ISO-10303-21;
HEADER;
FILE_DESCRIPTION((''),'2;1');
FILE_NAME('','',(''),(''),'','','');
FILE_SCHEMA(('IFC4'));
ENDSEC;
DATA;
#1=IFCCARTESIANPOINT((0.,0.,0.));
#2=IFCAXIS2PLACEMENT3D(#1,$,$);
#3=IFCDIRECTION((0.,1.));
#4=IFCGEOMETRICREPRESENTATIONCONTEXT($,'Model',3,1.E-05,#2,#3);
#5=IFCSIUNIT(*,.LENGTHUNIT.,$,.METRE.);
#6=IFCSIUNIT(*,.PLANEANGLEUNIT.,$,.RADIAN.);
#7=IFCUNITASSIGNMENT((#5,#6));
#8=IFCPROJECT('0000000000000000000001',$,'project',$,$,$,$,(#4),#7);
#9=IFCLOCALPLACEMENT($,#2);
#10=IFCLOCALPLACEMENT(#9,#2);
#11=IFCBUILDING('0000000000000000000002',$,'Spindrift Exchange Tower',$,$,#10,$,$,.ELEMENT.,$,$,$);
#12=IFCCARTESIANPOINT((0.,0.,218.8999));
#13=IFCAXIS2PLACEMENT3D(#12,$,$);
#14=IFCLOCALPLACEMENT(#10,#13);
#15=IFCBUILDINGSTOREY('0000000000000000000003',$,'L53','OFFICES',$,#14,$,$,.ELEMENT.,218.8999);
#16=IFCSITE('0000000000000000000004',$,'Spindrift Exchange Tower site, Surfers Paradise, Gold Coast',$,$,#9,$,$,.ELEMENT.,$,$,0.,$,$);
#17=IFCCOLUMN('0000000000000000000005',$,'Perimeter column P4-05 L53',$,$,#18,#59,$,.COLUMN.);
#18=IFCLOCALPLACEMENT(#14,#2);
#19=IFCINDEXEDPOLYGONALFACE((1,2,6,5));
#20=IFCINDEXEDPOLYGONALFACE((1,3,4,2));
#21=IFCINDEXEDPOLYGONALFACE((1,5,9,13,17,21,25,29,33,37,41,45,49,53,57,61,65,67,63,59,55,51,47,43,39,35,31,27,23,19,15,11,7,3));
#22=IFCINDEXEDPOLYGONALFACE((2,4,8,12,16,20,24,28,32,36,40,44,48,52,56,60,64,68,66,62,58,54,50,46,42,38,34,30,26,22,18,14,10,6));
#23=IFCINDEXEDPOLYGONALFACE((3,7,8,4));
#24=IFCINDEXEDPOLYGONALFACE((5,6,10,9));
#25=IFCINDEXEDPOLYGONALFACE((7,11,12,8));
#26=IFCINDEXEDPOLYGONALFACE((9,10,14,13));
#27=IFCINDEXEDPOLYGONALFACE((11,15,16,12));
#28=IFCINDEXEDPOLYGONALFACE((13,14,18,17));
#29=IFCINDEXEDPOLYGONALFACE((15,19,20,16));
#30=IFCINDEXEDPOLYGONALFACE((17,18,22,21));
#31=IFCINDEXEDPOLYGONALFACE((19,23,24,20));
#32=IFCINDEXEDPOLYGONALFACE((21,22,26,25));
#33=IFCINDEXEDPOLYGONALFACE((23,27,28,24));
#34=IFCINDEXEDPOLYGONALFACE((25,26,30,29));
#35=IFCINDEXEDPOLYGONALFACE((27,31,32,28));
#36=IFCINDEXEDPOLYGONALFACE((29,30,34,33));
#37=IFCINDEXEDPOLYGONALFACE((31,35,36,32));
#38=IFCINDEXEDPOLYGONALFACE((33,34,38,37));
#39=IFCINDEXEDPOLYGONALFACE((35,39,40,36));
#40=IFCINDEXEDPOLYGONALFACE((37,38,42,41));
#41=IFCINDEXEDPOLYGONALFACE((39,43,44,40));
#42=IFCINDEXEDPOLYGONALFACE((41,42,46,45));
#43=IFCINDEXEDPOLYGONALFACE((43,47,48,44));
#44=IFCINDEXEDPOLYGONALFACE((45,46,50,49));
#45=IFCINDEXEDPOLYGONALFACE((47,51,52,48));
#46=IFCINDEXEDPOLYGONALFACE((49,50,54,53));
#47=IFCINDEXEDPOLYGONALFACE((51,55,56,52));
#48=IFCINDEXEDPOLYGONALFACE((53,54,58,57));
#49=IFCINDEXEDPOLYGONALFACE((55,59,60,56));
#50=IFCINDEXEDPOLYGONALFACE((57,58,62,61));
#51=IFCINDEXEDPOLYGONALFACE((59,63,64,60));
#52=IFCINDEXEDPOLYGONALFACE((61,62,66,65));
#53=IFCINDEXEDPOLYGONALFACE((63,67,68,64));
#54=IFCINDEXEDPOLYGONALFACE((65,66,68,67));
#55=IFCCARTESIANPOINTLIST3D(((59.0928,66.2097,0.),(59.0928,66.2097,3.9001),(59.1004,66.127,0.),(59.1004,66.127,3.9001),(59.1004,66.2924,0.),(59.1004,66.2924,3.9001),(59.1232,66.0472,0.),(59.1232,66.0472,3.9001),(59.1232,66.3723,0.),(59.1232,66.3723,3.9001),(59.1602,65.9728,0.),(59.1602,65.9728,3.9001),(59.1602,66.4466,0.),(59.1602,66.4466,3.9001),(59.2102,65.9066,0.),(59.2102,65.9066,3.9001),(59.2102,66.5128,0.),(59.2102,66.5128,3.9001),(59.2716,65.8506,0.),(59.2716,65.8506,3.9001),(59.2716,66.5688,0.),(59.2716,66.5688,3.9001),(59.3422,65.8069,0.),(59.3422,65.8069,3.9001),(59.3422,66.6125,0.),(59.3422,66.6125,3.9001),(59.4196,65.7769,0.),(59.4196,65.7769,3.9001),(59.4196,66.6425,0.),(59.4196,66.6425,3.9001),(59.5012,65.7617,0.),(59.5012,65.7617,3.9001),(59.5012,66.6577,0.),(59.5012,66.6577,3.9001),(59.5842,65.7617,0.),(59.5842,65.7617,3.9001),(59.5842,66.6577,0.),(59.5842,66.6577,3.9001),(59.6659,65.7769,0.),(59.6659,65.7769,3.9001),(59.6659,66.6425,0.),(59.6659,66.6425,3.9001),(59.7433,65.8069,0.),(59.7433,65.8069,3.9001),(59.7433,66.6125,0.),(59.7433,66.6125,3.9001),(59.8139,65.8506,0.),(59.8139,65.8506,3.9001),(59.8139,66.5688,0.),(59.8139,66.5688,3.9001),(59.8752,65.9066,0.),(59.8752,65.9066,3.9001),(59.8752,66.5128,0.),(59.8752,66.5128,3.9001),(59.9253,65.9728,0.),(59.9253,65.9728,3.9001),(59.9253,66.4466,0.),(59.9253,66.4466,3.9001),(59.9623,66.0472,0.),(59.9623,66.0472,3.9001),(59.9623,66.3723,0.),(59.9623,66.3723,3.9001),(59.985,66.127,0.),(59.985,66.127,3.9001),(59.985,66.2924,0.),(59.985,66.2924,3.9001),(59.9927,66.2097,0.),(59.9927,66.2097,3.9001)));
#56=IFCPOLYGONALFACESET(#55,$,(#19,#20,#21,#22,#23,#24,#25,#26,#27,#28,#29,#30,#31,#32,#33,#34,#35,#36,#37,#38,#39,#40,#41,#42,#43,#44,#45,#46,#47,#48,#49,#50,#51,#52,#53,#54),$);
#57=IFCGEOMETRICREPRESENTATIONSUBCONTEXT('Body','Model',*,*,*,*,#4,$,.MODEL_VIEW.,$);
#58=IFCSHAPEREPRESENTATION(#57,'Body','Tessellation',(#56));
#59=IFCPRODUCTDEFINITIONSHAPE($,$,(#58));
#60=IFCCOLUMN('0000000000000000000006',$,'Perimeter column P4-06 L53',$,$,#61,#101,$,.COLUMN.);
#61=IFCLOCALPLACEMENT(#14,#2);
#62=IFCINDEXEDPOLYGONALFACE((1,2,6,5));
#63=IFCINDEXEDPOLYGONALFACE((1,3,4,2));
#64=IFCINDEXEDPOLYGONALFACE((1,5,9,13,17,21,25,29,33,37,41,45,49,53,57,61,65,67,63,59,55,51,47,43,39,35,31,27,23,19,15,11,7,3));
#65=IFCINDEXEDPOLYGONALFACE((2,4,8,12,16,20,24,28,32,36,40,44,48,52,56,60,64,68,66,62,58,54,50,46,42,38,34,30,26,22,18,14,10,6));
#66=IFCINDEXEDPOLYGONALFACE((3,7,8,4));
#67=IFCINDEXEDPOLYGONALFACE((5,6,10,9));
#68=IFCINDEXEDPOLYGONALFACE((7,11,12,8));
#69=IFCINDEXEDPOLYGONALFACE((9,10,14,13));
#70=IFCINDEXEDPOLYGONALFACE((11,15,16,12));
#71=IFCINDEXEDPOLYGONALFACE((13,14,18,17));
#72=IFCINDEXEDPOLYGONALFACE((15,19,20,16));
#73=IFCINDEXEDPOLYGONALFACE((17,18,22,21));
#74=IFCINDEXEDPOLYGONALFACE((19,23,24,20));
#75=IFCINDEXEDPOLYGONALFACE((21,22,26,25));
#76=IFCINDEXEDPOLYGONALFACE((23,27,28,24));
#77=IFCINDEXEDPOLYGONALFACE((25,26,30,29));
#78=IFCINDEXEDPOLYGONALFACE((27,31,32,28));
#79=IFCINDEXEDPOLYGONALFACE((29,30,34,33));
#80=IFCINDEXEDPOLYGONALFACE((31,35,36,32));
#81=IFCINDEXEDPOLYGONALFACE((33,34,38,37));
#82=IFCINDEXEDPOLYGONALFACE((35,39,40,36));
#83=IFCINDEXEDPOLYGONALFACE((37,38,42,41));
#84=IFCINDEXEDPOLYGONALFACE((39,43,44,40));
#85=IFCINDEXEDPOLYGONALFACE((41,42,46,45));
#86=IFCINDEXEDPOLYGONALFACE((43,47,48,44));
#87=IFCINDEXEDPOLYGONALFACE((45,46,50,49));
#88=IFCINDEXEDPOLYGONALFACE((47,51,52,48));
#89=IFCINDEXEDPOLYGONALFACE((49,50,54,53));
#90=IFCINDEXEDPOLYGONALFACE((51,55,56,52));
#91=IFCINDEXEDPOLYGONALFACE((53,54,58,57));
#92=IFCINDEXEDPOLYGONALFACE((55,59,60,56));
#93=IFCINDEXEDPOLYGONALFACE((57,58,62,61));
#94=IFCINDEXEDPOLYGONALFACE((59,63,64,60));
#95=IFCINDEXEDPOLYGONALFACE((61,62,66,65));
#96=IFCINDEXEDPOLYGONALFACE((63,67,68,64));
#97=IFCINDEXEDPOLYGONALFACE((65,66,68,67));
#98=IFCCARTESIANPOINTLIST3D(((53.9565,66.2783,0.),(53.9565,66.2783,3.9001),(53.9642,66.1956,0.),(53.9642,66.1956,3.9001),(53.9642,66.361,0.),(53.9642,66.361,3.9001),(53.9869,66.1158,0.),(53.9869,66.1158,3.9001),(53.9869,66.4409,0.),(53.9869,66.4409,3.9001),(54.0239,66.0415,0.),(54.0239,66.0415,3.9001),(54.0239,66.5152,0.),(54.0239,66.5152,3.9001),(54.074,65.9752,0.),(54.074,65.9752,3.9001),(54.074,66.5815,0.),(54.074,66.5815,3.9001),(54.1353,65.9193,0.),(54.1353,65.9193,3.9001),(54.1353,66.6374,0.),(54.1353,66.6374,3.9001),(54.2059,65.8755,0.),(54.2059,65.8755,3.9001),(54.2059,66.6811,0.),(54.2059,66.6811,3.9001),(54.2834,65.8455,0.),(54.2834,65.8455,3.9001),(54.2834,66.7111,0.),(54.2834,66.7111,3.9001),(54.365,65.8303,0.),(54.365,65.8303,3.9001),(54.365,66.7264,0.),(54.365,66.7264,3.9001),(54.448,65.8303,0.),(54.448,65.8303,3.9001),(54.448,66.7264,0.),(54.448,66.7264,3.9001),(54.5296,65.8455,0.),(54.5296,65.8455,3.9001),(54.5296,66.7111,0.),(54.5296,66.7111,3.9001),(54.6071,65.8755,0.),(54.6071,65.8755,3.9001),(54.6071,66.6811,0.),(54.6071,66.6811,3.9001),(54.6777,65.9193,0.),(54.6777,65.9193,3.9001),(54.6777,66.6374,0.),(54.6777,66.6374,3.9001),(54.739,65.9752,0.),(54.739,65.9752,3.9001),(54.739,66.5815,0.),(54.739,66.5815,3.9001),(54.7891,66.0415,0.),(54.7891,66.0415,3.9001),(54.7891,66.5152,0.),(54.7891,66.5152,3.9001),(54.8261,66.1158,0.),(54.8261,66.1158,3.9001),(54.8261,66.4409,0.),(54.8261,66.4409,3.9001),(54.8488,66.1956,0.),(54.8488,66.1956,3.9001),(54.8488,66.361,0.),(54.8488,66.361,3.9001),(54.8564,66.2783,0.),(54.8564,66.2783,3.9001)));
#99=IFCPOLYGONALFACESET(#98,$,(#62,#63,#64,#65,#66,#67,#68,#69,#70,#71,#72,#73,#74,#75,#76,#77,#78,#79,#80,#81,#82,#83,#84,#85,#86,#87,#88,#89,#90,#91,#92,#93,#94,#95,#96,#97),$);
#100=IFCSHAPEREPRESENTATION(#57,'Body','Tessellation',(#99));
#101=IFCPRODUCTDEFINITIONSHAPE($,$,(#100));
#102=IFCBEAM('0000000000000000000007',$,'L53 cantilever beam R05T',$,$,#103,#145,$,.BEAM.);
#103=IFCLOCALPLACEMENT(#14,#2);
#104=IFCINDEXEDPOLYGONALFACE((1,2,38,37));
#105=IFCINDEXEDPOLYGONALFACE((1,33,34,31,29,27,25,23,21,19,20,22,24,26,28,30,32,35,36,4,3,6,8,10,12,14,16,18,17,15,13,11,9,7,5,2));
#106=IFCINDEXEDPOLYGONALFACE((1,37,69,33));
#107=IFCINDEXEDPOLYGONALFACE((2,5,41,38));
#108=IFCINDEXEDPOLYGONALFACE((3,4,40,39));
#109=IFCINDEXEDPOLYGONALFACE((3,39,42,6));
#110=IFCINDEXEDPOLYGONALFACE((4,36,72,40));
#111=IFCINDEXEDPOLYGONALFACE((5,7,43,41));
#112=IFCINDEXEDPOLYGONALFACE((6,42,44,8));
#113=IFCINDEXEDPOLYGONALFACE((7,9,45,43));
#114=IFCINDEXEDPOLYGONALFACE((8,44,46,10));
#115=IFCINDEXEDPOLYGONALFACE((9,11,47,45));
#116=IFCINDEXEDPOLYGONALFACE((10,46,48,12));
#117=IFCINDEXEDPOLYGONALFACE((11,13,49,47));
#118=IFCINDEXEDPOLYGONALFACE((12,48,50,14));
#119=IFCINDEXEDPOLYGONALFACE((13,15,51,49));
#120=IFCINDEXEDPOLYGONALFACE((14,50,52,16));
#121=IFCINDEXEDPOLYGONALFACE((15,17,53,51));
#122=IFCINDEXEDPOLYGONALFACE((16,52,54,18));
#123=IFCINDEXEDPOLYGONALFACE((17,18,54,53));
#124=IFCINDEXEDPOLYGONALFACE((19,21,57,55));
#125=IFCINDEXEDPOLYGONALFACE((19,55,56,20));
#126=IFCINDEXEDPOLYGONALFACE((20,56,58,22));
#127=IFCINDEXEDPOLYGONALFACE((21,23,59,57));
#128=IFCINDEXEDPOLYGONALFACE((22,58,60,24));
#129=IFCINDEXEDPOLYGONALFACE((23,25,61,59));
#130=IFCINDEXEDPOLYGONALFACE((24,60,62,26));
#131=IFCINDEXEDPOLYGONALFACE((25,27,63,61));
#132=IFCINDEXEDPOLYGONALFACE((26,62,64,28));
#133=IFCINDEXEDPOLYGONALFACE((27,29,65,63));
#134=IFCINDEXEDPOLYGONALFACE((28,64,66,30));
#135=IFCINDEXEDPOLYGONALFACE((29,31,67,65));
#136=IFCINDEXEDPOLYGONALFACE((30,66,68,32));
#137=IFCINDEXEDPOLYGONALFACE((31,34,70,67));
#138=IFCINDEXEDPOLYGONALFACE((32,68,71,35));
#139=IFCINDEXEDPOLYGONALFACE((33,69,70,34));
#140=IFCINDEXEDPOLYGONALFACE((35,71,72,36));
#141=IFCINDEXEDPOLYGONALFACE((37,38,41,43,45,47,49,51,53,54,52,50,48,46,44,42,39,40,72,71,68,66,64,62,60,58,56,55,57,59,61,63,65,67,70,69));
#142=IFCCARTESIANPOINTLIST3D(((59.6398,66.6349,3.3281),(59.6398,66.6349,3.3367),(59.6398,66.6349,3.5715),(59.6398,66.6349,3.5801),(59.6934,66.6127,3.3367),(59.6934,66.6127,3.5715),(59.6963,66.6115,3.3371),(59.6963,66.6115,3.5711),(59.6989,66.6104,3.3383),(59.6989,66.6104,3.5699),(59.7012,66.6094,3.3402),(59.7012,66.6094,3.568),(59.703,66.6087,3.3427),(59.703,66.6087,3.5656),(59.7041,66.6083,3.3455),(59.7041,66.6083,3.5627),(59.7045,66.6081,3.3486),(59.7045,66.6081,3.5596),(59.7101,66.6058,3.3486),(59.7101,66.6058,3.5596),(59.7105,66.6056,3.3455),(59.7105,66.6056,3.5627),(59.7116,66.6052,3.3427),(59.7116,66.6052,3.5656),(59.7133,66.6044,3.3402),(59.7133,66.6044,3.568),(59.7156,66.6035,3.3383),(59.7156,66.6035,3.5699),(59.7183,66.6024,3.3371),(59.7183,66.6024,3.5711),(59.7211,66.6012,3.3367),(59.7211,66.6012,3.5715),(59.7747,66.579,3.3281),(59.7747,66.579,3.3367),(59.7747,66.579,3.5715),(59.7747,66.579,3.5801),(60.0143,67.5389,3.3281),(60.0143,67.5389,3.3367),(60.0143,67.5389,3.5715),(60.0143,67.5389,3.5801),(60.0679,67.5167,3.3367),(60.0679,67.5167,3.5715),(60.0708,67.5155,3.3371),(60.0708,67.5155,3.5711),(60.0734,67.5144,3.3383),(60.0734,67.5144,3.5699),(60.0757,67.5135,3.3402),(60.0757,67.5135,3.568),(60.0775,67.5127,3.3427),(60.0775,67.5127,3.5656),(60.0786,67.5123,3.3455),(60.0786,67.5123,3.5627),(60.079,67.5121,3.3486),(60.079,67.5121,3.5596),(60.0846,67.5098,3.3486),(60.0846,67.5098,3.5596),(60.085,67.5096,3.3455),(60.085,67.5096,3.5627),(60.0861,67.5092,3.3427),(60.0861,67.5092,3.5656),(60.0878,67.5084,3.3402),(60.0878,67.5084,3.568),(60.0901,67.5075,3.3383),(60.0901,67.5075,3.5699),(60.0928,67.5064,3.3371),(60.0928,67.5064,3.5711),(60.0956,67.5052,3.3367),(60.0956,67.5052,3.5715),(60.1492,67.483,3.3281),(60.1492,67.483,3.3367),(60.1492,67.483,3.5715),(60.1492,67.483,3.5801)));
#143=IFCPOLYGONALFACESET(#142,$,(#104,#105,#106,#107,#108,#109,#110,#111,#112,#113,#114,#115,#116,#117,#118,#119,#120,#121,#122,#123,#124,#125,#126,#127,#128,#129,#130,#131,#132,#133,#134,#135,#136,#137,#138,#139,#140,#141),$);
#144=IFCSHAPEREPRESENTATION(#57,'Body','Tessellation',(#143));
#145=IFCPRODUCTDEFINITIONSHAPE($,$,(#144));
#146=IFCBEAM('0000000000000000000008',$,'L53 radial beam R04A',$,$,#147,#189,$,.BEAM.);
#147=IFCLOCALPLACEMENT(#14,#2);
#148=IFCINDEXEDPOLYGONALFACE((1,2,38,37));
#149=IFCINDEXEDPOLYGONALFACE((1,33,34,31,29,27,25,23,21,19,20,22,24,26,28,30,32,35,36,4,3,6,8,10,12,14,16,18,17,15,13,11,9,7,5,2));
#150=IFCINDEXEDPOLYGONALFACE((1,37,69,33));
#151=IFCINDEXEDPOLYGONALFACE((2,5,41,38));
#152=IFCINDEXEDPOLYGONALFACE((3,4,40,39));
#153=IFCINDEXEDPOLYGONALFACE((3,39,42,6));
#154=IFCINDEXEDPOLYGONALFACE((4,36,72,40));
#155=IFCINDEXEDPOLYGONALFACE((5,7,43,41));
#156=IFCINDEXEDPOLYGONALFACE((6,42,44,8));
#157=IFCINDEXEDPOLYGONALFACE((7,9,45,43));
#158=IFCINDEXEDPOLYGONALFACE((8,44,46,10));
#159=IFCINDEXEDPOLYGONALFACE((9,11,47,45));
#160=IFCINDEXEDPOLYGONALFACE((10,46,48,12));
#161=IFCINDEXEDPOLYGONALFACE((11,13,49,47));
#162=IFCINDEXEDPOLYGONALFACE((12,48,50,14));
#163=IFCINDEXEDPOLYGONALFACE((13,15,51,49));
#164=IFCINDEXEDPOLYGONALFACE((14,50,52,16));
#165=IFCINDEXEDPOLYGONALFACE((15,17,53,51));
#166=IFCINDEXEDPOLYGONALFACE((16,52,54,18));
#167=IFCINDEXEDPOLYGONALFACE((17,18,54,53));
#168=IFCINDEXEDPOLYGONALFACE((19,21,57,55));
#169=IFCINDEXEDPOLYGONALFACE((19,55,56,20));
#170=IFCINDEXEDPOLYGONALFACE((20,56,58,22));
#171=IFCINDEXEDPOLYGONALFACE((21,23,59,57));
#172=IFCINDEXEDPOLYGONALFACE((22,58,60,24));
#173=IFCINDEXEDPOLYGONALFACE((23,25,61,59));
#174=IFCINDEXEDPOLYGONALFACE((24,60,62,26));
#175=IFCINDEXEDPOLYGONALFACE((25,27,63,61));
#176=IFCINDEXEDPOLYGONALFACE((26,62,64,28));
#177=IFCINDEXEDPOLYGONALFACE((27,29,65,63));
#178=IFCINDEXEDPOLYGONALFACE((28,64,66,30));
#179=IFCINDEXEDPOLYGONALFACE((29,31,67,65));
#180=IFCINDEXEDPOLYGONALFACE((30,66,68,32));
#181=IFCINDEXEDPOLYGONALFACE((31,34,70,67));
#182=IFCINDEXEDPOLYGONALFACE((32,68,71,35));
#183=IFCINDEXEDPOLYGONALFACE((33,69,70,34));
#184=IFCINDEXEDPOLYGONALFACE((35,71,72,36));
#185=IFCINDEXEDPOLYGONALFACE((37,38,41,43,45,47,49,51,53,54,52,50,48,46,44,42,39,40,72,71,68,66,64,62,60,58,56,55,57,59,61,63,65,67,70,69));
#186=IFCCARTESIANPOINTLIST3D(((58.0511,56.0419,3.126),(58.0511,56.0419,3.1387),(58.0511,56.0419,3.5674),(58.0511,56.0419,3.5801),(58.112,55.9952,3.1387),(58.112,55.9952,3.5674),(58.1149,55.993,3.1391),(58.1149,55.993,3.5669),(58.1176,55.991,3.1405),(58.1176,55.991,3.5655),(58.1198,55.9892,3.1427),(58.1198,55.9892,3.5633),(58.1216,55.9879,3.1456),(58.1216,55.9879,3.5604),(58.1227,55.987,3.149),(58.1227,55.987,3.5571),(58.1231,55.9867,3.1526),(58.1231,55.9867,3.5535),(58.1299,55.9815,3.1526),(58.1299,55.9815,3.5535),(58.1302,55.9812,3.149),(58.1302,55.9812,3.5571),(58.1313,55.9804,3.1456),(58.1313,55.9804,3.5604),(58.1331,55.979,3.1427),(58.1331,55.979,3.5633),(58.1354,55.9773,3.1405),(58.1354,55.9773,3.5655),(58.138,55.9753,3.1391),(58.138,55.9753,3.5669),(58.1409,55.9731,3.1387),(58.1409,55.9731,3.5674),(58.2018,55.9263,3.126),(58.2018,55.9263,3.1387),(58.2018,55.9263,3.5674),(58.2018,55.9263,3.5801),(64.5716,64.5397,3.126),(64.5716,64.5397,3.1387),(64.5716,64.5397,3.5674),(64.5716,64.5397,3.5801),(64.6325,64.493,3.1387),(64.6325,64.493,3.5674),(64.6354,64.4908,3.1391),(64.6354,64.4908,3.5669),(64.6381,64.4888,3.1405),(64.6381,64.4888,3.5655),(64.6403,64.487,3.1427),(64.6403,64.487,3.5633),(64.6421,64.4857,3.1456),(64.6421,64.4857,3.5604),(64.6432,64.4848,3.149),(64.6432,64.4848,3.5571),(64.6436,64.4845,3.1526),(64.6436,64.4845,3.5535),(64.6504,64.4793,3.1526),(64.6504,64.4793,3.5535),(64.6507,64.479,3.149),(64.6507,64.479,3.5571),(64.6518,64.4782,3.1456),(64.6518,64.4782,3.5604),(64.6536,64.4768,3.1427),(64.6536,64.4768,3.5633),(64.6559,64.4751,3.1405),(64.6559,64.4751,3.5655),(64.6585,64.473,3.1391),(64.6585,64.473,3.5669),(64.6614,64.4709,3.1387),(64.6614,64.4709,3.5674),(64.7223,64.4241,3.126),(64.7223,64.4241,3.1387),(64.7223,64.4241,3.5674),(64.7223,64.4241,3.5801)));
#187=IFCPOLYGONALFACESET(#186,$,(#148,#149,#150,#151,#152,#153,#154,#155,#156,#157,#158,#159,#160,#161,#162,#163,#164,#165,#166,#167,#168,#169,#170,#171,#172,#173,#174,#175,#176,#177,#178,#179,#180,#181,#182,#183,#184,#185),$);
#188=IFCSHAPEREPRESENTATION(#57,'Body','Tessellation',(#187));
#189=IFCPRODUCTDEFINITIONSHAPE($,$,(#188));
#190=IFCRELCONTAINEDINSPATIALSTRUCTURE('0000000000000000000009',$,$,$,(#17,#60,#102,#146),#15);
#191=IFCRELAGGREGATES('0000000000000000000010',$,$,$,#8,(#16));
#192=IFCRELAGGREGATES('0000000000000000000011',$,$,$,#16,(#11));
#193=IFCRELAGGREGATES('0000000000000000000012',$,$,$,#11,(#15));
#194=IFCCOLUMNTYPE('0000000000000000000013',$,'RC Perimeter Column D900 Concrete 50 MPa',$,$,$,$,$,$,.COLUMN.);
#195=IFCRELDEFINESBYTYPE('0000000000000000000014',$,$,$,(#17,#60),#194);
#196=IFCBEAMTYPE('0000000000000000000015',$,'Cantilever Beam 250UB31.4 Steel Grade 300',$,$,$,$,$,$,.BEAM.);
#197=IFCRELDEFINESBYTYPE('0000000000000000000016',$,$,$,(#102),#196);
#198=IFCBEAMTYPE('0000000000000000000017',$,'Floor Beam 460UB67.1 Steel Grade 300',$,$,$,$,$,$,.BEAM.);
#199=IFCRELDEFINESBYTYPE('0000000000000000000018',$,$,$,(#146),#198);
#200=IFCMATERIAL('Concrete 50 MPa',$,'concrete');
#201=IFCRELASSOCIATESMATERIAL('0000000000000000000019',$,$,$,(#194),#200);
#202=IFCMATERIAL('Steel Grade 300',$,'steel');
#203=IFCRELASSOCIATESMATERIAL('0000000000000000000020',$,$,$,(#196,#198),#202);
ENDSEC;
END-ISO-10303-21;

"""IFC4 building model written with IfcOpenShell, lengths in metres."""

from ifc_helpers import new_model, si_unit, direction, frame, origin, origin_2d, place, context, subcontext, project, spatial, circle, i_section, extrude, source, transform, mapped, material, material_profile, profile_set, type_object, element, save


model = new_model("IFC4")

# Units and contexts
model_context = context("Model", 3, precision=1e-05, world=origin(), true_north=direction((0.0, 1.0)))
body_context = subcontext(model_context, "Body", "Model", "MODEL_VIEW")
ifc_project = project(units=[si_unit("LENGTHUNIT", "METRE"), si_unit("PLANEANGLEUNIT", "RADIAN")], contexts=[model_context])

# Site, building, storey
site_placement = place(None, origin())
site = spatial("IfcSite", under=ifc_project, at=site_placement, Name="Spindrift Exchange Tower site, Surfers Paradise, Gold Coast", CompositionType="ELEMENT", RefElevation=0.0)
building_placement = place(site_placement, origin())
building = spatial("IfcBuilding", under=site, at=building_placement, Name="Spindrift Exchange Tower", CompositionType="ELEMENT")
storey_placement = place(building_placement, frame((0.0, 0.0, 218.8999)))
storey = spatial("IfcBuildingStorey", under=building, at=storey_placement, Name="L53", Description="OFFICES", CompositionType="ELEMENT", Elevation=218.8999)

# Columns
ifc_material_1 = material(Name="Concrete 50 MPa", Category="concrete")
ifc_material_profile_1 = material_profile(ifc_material_1, circle(Radius=0.45, at=origin_2d()), Name="RC D900")
ifc_profile_set_1 = profile_set([ifc_material_profile_1], Name="Concrete 50 MPa")
column_type = type_object("IfcColumnType", Name="RC Perimeter Column D900 Concrete 50 MPa", PredefinedType="COLUMN", material=ifc_profile_set_1)
shared_shape_1 = source(origin(), body_context, "Body", "SweptSolid", [
    extrude(circle(Radius=0.45, at=origin_2d()), origin(), (0.0, 0.0, 1.0), 3.9001),
])
for number, where, z_axis, x_axis, name in (
    (1, (59.5427, 66.2097, 0.0), (0.0, 0.0, 1.0), (1.0, 0.0, 0.0), "Perimeter column P4-05 L53"),
    (2, (54.4065, 66.2783, 0.0), (0.0, 0.0, 1.0), (1.0, 0.0, 0.0), "Perimeter column P4-06 L53"),
):
    element("IfcColumn", number, at=place(storey_placement, frame(where, z_axis=z_axis, x_axis=x_axis)), inside=storey, type_object=column_type, Name=name, PredefinedType="COLUMN", context=body_context, shape_type="MappedRepresentation", body=[
        mapped(shared_shape_1, transform((0.0, 0.0, 0.0), scale=1.0)),
    ])

# Beams
ifc_material_2 = material(Name="Steel Grade 300", Category="steel")
ifc_material_profile_2 = material_profile(ifc_material_2, i_section(OverallWidth=0.146, OverallDepth=0.252, WebThickness=0.0061, FlangeThickness=0.0085, FilletRadius=0.012, at=origin_2d()), Name="250UB31.4")
ifc_profile_set_2 = profile_set([ifc_material_profile_2], Name="Steel Grade 300")
beam_type_1 = type_object("IfcBeamType", Name="Cantilever Beam 250UB31.4 Steel Grade 300", PredefinedType="BEAM", material=ifc_profile_set_2)
shared_shape_2 = source(origin(), body_context, "Body", "SweptSolid", [
    extrude(i_section(OverallWidth=0.146, OverallDepth=0.252, WebThickness=0.0061, FlangeThickness=0.0085, FilletRadius=0.012, at=origin_2d()), origin(), (0.0, 0.0, 1.0), 0.9785),
])
beam_1_placement = place(storey_placement, frame((59.7073, 66.6069, 3.4541), z_axis=(0.382719, 0.923865, 0.0), x_axis=(-0.923865, 0.382719, 0.0)))
element("IfcBeam", 3, at=beam_1_placement, inside=storey, type_object=beam_type_1, Name="L53 cantilever beam R05T", PredefinedType="BEAM", context=body_context, shape_type="MappedRepresentation", body=[
    mapped(shared_shape_2, transform((0.0, 0.0, 0.0), scale=1.0)),
])
ifc_material_profile_3 = material_profile(ifc_material_2, i_section(OverallWidth=0.1899, OverallDepth=0.4541, WebThickness=0.0085, FlangeThickness=0.0127, FilletRadius=0.0139, at=origin_2d()), Name="460UB67.1")
ifc_profile_set_3 = profile_set([ifc_material_profile_3], Name="Steel Grade 300")
beam_type_2 = type_object("IfcBeamType", Name="Floor Beam 460UB67.1 Steel Grade 300", PredefinedType="BEAM", material=ifc_profile_set_3)
shared_shape_3 = source(origin(), body_context, "Body", "SweptSolid", [
    extrude(i_section(OverallWidth=0.1899, OverallDepth=0.4541, WebThickness=0.0085, FlangeThickness=0.0127, FilletRadius=0.0139, at=origin_2d()), origin(), (0.0, 0.0, 1.0), 10.7112),
])
beam_2_placement = place(storey_placement, frame((58.1265, 55.9841, 3.353), z_axis=(0.608756, 0.793357, 0.0), x_axis=(-0.793357, 0.608756, 0.0)))
element("IfcBeam", 4, at=beam_2_placement, inside=storey, type_object=beam_type_2, Name="L53 radial beam R04A", PredefinedType="BEAM", context=body_context, shape_type="MappedRepresentation", body=[
    mapped(shared_shape_3, transform((0.0, 0.0, 0.0), scale=1.0)),
])

save(model, "model.ifc")
